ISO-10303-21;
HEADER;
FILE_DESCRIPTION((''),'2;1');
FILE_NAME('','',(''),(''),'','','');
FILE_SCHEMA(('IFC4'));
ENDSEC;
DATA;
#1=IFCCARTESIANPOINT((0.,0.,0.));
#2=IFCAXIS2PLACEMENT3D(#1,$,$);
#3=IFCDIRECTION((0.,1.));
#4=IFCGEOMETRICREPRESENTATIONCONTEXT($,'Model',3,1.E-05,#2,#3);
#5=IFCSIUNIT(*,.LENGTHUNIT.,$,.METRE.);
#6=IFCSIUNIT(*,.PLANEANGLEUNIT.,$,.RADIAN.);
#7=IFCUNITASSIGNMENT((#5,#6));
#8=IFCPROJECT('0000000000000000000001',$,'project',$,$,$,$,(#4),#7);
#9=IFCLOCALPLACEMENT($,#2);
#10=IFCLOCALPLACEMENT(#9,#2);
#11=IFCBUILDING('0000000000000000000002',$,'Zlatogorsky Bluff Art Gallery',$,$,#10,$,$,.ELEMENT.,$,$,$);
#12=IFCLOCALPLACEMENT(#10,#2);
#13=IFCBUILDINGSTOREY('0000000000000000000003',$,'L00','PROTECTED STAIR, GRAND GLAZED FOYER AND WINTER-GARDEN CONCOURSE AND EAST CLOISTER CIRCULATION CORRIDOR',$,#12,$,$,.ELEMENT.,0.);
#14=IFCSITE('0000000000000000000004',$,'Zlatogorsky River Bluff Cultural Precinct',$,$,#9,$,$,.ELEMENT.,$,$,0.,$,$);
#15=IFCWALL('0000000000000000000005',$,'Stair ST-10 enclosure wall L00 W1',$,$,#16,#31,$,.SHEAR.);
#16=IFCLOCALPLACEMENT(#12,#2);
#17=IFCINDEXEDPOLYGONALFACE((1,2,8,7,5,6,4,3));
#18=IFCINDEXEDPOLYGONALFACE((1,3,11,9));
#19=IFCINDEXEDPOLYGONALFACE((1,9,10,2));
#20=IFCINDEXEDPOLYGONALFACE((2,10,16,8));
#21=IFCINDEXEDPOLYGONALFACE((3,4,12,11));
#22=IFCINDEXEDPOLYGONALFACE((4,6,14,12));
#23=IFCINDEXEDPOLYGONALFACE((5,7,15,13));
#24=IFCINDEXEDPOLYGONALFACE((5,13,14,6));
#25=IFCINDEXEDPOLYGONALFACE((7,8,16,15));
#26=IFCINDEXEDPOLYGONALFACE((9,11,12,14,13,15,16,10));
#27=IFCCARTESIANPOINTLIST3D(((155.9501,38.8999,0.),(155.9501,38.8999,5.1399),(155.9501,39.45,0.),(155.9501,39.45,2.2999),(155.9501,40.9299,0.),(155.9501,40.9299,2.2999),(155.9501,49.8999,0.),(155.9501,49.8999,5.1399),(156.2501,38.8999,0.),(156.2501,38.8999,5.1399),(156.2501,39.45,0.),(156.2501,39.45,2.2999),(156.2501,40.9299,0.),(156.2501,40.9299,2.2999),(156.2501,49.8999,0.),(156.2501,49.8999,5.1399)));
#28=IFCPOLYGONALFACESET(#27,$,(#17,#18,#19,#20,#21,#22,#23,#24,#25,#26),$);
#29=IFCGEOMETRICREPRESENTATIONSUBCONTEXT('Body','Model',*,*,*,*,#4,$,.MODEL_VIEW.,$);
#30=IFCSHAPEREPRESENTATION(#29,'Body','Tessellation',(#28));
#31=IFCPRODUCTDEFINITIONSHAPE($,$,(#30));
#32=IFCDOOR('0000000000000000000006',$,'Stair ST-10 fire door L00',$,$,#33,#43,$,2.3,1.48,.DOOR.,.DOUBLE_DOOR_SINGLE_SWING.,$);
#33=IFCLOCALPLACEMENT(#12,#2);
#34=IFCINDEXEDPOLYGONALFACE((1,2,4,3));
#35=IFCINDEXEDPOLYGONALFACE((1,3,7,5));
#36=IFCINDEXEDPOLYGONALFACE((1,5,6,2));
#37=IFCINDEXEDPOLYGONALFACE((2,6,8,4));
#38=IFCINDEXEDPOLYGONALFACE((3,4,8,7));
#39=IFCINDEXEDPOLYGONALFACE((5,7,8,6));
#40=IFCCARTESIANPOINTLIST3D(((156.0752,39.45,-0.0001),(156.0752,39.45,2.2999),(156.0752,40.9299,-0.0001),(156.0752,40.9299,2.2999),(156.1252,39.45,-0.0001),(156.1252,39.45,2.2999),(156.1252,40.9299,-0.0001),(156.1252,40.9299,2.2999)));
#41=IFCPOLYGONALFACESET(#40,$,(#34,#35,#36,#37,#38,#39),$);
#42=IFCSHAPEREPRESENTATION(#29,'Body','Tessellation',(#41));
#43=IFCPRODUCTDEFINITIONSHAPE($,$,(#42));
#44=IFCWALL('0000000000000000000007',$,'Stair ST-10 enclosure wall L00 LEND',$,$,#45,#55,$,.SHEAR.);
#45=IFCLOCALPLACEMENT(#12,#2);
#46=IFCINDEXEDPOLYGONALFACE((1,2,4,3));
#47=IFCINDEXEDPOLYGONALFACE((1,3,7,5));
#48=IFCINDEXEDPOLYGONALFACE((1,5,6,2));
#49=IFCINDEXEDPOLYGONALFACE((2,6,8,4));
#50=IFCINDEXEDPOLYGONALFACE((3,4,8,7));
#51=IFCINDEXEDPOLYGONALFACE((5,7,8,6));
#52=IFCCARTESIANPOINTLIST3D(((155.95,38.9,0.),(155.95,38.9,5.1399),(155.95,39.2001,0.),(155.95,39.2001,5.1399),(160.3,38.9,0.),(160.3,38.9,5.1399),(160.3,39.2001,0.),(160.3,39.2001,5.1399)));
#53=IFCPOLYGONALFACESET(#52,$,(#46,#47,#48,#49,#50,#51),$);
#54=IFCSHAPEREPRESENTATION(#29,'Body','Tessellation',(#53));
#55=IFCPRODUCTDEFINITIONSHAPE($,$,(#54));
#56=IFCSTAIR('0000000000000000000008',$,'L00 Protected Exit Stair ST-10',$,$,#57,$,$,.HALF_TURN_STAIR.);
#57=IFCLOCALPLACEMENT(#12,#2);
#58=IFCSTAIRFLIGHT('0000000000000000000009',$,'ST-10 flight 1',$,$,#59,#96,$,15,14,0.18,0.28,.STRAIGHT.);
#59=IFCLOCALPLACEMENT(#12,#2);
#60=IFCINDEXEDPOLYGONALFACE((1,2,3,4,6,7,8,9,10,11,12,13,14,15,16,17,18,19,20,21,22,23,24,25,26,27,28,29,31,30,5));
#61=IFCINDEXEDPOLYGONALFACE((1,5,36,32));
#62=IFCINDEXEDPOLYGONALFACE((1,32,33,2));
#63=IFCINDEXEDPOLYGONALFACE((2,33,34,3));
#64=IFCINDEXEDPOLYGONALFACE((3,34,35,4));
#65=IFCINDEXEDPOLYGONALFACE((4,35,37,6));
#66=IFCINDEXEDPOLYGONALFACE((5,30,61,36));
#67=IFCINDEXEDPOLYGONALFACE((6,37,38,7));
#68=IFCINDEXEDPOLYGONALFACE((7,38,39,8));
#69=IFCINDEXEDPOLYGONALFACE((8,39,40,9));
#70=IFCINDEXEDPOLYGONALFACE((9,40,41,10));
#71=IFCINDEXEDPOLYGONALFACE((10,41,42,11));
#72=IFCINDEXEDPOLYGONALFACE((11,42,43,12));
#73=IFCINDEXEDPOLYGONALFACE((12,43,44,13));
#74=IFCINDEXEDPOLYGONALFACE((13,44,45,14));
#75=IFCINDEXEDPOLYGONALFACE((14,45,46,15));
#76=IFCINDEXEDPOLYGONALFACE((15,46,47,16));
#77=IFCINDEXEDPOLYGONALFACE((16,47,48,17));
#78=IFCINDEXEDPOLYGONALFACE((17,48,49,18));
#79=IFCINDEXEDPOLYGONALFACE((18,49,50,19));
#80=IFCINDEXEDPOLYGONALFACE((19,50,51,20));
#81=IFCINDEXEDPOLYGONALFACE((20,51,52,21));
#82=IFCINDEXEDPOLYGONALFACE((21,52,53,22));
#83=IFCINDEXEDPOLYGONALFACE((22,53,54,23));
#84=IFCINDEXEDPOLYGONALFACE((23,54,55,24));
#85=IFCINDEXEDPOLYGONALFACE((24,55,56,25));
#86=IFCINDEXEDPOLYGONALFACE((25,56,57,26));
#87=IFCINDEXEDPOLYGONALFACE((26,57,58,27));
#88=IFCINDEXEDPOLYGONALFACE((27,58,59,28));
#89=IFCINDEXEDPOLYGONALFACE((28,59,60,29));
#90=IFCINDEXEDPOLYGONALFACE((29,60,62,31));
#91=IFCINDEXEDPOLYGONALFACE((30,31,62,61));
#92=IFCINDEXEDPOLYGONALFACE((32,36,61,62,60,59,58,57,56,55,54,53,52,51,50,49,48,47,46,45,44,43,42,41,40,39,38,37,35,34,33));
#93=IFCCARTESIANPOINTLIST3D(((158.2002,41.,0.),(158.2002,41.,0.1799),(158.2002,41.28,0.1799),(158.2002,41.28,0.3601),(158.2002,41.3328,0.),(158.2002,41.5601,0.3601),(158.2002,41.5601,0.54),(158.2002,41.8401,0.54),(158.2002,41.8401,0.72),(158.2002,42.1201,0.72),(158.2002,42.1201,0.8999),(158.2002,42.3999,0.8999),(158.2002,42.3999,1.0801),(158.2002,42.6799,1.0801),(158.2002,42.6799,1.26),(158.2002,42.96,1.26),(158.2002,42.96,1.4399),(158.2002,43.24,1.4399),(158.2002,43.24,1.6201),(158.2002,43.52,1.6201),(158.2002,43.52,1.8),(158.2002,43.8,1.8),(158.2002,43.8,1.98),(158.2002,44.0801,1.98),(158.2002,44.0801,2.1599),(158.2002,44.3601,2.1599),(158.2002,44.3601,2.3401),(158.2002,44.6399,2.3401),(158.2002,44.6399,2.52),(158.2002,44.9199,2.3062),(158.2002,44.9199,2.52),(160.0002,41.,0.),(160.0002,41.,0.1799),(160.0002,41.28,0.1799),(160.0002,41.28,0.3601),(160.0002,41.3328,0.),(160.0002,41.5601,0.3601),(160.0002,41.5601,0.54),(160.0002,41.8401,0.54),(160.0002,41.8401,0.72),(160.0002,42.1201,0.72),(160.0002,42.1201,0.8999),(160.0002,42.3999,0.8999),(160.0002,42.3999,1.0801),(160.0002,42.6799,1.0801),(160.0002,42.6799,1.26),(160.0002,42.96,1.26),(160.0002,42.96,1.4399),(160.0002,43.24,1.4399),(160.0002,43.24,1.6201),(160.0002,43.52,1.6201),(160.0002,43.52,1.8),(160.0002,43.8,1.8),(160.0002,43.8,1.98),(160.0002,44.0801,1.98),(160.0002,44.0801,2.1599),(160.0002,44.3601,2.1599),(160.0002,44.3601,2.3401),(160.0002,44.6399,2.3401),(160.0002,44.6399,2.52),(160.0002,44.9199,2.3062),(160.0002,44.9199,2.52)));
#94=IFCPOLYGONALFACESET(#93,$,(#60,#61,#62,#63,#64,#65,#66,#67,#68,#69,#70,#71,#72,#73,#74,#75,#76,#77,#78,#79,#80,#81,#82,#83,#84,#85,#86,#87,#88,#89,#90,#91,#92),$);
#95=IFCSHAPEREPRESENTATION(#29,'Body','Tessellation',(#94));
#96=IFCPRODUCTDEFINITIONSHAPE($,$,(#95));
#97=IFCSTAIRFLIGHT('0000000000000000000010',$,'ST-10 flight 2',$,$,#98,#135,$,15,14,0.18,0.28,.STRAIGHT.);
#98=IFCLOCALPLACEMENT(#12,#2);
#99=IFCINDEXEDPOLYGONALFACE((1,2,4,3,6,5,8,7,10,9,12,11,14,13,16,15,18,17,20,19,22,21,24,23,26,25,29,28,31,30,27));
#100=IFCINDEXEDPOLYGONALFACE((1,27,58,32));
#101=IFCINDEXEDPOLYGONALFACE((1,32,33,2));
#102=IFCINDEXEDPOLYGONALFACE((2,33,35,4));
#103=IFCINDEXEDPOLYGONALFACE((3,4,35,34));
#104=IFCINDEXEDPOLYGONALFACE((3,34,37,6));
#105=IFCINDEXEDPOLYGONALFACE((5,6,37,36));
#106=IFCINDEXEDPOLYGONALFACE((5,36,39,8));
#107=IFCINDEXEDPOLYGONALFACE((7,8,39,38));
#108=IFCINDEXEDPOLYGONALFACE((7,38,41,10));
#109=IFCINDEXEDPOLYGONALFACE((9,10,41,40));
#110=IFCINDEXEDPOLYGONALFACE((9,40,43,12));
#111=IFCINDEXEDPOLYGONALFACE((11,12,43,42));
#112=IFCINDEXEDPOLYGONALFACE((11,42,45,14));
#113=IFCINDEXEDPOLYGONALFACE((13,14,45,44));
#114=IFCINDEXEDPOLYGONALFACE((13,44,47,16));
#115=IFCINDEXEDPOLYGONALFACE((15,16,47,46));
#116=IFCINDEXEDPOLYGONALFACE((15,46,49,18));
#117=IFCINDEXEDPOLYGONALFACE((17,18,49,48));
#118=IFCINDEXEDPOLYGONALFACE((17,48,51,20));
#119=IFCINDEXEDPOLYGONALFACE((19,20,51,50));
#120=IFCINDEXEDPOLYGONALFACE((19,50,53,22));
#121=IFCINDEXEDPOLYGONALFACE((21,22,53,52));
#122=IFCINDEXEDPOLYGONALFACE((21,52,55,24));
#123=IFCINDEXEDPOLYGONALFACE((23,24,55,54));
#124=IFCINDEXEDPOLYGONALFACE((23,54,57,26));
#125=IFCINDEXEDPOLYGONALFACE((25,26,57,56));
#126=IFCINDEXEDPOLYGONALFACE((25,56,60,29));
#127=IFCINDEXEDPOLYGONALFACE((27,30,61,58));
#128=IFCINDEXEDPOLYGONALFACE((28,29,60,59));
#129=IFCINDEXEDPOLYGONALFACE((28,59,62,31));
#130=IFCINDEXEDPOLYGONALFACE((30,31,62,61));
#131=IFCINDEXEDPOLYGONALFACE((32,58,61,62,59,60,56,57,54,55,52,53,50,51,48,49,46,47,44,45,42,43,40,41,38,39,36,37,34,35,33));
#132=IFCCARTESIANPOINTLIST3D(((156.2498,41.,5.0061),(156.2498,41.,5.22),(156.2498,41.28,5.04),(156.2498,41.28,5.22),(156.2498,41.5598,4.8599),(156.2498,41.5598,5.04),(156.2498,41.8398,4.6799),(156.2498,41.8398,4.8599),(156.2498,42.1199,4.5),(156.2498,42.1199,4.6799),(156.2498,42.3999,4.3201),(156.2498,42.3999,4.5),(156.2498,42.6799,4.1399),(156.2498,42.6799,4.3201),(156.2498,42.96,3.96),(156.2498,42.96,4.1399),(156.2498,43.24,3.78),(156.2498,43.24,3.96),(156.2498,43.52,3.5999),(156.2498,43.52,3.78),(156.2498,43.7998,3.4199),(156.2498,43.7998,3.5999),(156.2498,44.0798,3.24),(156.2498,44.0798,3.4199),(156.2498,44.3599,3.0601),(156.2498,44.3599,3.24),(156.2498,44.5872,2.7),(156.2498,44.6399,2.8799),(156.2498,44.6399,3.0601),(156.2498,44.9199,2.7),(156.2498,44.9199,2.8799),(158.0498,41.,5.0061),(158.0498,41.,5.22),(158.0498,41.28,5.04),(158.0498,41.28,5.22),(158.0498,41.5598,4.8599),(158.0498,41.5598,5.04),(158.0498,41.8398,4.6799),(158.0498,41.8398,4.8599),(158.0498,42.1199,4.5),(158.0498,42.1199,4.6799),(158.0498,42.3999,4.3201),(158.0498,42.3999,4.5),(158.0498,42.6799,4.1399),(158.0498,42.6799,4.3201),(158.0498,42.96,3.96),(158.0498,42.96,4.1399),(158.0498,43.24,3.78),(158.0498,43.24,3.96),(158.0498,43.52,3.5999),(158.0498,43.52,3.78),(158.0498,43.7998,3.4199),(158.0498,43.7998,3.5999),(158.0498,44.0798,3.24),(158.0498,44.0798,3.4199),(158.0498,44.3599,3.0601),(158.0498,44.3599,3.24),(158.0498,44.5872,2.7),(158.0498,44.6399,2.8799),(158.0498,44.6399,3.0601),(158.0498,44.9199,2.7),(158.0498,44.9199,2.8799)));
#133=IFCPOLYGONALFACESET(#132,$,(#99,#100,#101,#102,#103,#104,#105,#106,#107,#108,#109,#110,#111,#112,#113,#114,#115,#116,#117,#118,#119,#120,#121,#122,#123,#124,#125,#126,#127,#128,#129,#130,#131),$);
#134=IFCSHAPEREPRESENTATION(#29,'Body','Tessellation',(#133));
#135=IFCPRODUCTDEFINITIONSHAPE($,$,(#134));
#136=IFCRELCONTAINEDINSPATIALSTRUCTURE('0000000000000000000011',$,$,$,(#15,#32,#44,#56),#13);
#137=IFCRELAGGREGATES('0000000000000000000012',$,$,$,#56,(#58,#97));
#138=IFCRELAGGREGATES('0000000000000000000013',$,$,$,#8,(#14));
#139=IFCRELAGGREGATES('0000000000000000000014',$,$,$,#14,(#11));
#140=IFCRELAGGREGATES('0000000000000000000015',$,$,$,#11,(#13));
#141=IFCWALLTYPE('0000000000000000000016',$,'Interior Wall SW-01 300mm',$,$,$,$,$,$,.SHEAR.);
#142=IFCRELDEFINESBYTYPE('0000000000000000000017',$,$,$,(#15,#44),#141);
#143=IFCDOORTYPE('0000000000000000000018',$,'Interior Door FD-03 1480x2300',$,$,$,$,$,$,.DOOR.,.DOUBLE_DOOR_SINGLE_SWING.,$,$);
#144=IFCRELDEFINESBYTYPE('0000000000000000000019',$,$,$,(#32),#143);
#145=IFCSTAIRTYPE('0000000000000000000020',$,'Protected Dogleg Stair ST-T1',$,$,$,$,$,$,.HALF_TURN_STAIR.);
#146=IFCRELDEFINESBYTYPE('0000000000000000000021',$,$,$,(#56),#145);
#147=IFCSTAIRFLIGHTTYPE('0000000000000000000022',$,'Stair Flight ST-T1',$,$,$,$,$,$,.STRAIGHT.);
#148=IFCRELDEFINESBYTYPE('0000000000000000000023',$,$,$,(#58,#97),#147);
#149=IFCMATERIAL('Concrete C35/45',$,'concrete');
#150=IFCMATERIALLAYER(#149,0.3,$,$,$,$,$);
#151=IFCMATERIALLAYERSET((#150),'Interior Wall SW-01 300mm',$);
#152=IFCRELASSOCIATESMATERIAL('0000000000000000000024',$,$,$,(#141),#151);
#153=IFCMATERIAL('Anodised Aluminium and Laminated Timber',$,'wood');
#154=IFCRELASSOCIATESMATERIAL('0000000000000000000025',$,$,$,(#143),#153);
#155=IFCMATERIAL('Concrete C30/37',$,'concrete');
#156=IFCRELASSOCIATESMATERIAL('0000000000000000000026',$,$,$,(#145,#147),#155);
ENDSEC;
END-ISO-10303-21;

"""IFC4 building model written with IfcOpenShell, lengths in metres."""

from ifc_helpers import new_model, si_unit, direction, frame, frame_2d, origin, place, context, subcontext, project, spatial, polyline, rectangle, outline, extrude, material, layer, layer_set, type_object, element, fill, aggregate, save


model = new_model("IFC4")

# Units and contexts
model_context = context("Model", 3, precision=1e-05, world=origin(), true_north=direction((0.0, 1.0)))
body_context = subcontext(model_context, "Body", "Model", "MODEL_VIEW")
ifc_project = project(units=[si_unit("LENGTHUNIT", "METRE"), si_unit("PLANEANGLEUNIT", "RADIAN")], contexts=[model_context])

# Site, building, storey
site_placement = place(None, origin())
site = spatial("IfcSite", under=ifc_project, at=site_placement, Name="Zlatogorsky River Bluff Cultural Precinct", CompositionType="ELEMENT", RefElevation=0.0)
building_placement = place(site_placement, origin())
building = spatial("IfcBuilding", under=site, at=building_placement, Name="Zlatogorsky Bluff Art Gallery", CompositionType="ELEMENT")
storey_placement = place(building_placement, origin())
storey = spatial("IfcBuildingStorey", under=building, at=storey_placement, Name="L00", Description="PROTECTED STAIR, GRAND GLAZED FOYER AND WINTER-GARDEN CONCOURSE AND EAST CLOISTER CIRCULATION CORRIDOR", CompositionType="ELEMENT", Elevation=0.0)

# Shared definitions
ifc_material_1 = material(Name="Concrete C35/45", Category="concrete")

# Shared definitions
ifc_layer_1 = layer(ifc_material_1, 0.3)
ifc_layer_set_1 = layer_set([ifc_layer_1], Name="Interior Wall SW-01 300mm")
wall_type_1 = type_object("IfcWallType", Name="Interior Wall SW-01 300mm", PredefinedType="SHEAR", material=ifc_layer_set_1)

# Wall, opening, door
wall_1_placement = place(storey_placement, frame((156.1001, 49.8999, 0.0), z_axis=(0.0, 0.0, 1.0), x_axis=(0.0, -1.0, 0.0)))
wall_1 = element("IfcWall", 1, at=wall_1_placement, inside=storey, type_object=wall_type_1, Name="Stair ST-10 enclosure wall L00 W1", PredefinedType="SHEAR", context=body_context, shape_type="SweptSolid", body=[
    extrude(rectangle(XDim=11.0, YDim=0.3, at=frame_2d((5.5, 0.0))), origin(), (0.0, 0.0, 1.0), 5.1399),
])
opening_1_placement = place(wall_1_placement, frame((8.97, 0.0, 0.0)))
opening_1 = element("IfcOpeningElement", 2, at=opening_1_placement, cuts=wall_1, PredefinedType="OPENING", context=body_context, shape_type="SweptSolid", body=[
    extrude(rectangle(XDim=1.48, YDim=2.3, at=frame_2d((0.74, 1.1499))), frame((0.0, 0.1599, 0.0), z_axis=(0.0, -1.0, 0.0), x_axis=(1.0, 0.0, 0.0)), (0.0, 0.0, 1.0), 0.3201),
])
ifc_material_2 = material(Name="Anodised Aluminium and Laminated Timber", Category="wood")
door_type_1 = type_object("IfcDoorType", Name="Interior Door FD-03 1480x2300", OperationType="DOUBLE_DOOR_SINGLE_SWING", PredefinedType="DOOR", material=ifc_material_2)
door_1_placement = place(opening_1_placement, frame((1.48, 0.0, 0.0), z_axis=(0.0, 0.0, 1.0), x_axis=(-1.0, 0.0, 0.0)))
door_1 = element("IfcDoor", 3, at=door_1_placement, inside=storey, type_object=door_type_1, Name="Stair ST-10 fire door L00", OperationType="DOUBLE_DOOR_SINGLE_SWING", OverallHeight=2.3, OverallWidth=1.48, PredefinedType="DOOR", context=body_context, shape_type="SweptSolid", body=[
    extrude(rectangle(XDim=1.48, YDim=2.3, at=frame_2d((0.74, 1.1499))), frame((0.0, 0.0249, 0.0), z_axis=(0.0, -1.0, 0.0), x_axis=(1.0, 0.0, 0.0)), (0.0, 0.0, 1.0), 0.05),
])
fill(opening_1, door_1)

# Wall
wall_2_placement = place(storey_placement, frame((155.95, 39.05, 0.0), z_axis=(0.0, 0.0, 1.0), x_axis=(1.0, 0.0, 0.0)))
element("IfcWall", 4, at=wall_2_placement, inside=storey, type_object=wall_type_1, Name="Stair ST-10 enclosure wall L00 LEND", PredefinedType="SHEAR", context=body_context, shape_type="SweptSolid", body=[
    extrude(rectangle(XDim=4.3501, YDim=0.3, at=frame_2d((2.175, 0.0))), origin(), (0.0, 0.0, 1.0), 5.1399),
])

# Stair, stair flights
ifc_material_3 = material(Name="Concrete C30/37", Category="concrete")
stair_type = type_object("IfcStairType", Name="Protected Dogleg Stair ST-T1", PredefinedType="HALF_TURN_STAIR", material=ifc_material_3)
stair_placement = place(storey_placement, origin())
stair = element("IfcStair", 5, at=stair_placement, inside=storey, type_object=stair_type, Name="L00 Protected Exit Stair ST-10", PredefinedType="HALF_TURN_STAIR")
stair_flight_type = type_object("IfcStairFlightType", Name="Stair Flight ST-T1", PredefinedType="STRAIGHT", material=ifc_material_3)
stair_flight_1_placement = place(storey_placement, frame((159.1001, 41.0, 0.0), z_axis=(0.0, 0.0, 1.0), x_axis=(0.0, 1.0, 0.0)))
stair_flight_1 = element("IfcStairFlight", 6, at=stair_flight_1_placement, type_object=stair_flight_type, Name="ST-10 flight 1", NumberOfRisers=15, NumberOfTreads=14, PredefinedType="STRAIGHT", RiserHeight=0.18, TreadLength=0.28, context=body_context, shape_type="SweptSolid", body=[
    extrude(outline(polyline([(0.0, 0.0), (0.0, 0.1799), (0.28, 0.1799), (0.28, 0.3601), (0.5601, 0.3601), (0.5601, 0.54), (0.8401, 0.54), (0.8401, 0.72), (1.1201, 0.72), (1.1201, 0.8999), (1.3999, 0.8999), (1.3999, 1.0801), (1.6799, 1.0801), (1.6799, 1.26), (1.96, 1.26), (1.96, 1.4399), (2.24, 1.4399), (2.24, 1.6201), (2.52, 1.6201), (2.52, 1.8), (2.8, 1.8), (2.8, 1.98), (3.0801, 1.98), (3.0801, 2.1599), (3.3601, 2.1599), (3.3601, 2.3401), (3.6399, 2.3401), (3.6399, 2.52), (3.9199, 2.52), (3.9199, 2.7), (3.9199, 2.3062), (0.3328, 0.0), (0.0, 0.0)])), frame((0.0, 0.8999, 0.0), z_axis=(0.0, -1.0, 0.0), x_axis=(1.0, 0.0, 0.0)), (0.0, 0.0, 1.0), 1.8),
])
stair_flight_2_placement = place(storey_placement, frame((157.1499, 44.9199, 2.7), z_axis=(0.0, 0.0, 1.0), x_axis=(0.0, -1.0, 0.0)))
stair_flight_2 = element("IfcStairFlight", 7, at=stair_flight_2_placement, type_object=stair_flight_type, Name="ST-10 flight 2", NumberOfRisers=15, NumberOfTreads=14, PredefinedType="STRAIGHT", RiserHeight=0.18, TreadLength=0.28, context=body_context, shape_type="SweptSolid", body=[
    extrude(outline(polyline([(0.0, 0.0), (0.0, 0.1799), (0.28, 0.1799), (0.28, 0.3601), (0.5601, 0.3601), (0.5601, 0.54), (0.8401, 0.54), (0.8401, 0.72), (1.1201, 0.72), (1.1201, 0.8999), (1.3999, 0.8999), (1.3999, 1.0801), (1.6799, 1.0801), (1.6799, 1.26), (1.96, 1.26), (1.96, 1.4399), (2.24, 1.4399), (2.24, 1.6201), (2.52, 1.6201), (2.52, 1.8), (2.8, 1.8), (2.8, 1.98), (3.0801, 1.98), (3.0801, 2.1599), (3.3601, 2.1599), (3.3601, 2.3401), (3.6399, 2.3401), (3.6399, 2.52), (3.9199, 2.52), (3.9199, 2.7), (3.9199, 2.3062), (0.3328, 0.0), (0.0, 0.0)])), frame((0.0, 0.8999, 0.0), z_axis=(0.0, -1.0, 0.0), x_axis=(1.0, 0.0, 0.0)), (0.0, 0.0, 1.0), 1.8),
])
aggregate(stair, [stair_flight_1, stair_flight_2])

save(model, "model.ifc")
